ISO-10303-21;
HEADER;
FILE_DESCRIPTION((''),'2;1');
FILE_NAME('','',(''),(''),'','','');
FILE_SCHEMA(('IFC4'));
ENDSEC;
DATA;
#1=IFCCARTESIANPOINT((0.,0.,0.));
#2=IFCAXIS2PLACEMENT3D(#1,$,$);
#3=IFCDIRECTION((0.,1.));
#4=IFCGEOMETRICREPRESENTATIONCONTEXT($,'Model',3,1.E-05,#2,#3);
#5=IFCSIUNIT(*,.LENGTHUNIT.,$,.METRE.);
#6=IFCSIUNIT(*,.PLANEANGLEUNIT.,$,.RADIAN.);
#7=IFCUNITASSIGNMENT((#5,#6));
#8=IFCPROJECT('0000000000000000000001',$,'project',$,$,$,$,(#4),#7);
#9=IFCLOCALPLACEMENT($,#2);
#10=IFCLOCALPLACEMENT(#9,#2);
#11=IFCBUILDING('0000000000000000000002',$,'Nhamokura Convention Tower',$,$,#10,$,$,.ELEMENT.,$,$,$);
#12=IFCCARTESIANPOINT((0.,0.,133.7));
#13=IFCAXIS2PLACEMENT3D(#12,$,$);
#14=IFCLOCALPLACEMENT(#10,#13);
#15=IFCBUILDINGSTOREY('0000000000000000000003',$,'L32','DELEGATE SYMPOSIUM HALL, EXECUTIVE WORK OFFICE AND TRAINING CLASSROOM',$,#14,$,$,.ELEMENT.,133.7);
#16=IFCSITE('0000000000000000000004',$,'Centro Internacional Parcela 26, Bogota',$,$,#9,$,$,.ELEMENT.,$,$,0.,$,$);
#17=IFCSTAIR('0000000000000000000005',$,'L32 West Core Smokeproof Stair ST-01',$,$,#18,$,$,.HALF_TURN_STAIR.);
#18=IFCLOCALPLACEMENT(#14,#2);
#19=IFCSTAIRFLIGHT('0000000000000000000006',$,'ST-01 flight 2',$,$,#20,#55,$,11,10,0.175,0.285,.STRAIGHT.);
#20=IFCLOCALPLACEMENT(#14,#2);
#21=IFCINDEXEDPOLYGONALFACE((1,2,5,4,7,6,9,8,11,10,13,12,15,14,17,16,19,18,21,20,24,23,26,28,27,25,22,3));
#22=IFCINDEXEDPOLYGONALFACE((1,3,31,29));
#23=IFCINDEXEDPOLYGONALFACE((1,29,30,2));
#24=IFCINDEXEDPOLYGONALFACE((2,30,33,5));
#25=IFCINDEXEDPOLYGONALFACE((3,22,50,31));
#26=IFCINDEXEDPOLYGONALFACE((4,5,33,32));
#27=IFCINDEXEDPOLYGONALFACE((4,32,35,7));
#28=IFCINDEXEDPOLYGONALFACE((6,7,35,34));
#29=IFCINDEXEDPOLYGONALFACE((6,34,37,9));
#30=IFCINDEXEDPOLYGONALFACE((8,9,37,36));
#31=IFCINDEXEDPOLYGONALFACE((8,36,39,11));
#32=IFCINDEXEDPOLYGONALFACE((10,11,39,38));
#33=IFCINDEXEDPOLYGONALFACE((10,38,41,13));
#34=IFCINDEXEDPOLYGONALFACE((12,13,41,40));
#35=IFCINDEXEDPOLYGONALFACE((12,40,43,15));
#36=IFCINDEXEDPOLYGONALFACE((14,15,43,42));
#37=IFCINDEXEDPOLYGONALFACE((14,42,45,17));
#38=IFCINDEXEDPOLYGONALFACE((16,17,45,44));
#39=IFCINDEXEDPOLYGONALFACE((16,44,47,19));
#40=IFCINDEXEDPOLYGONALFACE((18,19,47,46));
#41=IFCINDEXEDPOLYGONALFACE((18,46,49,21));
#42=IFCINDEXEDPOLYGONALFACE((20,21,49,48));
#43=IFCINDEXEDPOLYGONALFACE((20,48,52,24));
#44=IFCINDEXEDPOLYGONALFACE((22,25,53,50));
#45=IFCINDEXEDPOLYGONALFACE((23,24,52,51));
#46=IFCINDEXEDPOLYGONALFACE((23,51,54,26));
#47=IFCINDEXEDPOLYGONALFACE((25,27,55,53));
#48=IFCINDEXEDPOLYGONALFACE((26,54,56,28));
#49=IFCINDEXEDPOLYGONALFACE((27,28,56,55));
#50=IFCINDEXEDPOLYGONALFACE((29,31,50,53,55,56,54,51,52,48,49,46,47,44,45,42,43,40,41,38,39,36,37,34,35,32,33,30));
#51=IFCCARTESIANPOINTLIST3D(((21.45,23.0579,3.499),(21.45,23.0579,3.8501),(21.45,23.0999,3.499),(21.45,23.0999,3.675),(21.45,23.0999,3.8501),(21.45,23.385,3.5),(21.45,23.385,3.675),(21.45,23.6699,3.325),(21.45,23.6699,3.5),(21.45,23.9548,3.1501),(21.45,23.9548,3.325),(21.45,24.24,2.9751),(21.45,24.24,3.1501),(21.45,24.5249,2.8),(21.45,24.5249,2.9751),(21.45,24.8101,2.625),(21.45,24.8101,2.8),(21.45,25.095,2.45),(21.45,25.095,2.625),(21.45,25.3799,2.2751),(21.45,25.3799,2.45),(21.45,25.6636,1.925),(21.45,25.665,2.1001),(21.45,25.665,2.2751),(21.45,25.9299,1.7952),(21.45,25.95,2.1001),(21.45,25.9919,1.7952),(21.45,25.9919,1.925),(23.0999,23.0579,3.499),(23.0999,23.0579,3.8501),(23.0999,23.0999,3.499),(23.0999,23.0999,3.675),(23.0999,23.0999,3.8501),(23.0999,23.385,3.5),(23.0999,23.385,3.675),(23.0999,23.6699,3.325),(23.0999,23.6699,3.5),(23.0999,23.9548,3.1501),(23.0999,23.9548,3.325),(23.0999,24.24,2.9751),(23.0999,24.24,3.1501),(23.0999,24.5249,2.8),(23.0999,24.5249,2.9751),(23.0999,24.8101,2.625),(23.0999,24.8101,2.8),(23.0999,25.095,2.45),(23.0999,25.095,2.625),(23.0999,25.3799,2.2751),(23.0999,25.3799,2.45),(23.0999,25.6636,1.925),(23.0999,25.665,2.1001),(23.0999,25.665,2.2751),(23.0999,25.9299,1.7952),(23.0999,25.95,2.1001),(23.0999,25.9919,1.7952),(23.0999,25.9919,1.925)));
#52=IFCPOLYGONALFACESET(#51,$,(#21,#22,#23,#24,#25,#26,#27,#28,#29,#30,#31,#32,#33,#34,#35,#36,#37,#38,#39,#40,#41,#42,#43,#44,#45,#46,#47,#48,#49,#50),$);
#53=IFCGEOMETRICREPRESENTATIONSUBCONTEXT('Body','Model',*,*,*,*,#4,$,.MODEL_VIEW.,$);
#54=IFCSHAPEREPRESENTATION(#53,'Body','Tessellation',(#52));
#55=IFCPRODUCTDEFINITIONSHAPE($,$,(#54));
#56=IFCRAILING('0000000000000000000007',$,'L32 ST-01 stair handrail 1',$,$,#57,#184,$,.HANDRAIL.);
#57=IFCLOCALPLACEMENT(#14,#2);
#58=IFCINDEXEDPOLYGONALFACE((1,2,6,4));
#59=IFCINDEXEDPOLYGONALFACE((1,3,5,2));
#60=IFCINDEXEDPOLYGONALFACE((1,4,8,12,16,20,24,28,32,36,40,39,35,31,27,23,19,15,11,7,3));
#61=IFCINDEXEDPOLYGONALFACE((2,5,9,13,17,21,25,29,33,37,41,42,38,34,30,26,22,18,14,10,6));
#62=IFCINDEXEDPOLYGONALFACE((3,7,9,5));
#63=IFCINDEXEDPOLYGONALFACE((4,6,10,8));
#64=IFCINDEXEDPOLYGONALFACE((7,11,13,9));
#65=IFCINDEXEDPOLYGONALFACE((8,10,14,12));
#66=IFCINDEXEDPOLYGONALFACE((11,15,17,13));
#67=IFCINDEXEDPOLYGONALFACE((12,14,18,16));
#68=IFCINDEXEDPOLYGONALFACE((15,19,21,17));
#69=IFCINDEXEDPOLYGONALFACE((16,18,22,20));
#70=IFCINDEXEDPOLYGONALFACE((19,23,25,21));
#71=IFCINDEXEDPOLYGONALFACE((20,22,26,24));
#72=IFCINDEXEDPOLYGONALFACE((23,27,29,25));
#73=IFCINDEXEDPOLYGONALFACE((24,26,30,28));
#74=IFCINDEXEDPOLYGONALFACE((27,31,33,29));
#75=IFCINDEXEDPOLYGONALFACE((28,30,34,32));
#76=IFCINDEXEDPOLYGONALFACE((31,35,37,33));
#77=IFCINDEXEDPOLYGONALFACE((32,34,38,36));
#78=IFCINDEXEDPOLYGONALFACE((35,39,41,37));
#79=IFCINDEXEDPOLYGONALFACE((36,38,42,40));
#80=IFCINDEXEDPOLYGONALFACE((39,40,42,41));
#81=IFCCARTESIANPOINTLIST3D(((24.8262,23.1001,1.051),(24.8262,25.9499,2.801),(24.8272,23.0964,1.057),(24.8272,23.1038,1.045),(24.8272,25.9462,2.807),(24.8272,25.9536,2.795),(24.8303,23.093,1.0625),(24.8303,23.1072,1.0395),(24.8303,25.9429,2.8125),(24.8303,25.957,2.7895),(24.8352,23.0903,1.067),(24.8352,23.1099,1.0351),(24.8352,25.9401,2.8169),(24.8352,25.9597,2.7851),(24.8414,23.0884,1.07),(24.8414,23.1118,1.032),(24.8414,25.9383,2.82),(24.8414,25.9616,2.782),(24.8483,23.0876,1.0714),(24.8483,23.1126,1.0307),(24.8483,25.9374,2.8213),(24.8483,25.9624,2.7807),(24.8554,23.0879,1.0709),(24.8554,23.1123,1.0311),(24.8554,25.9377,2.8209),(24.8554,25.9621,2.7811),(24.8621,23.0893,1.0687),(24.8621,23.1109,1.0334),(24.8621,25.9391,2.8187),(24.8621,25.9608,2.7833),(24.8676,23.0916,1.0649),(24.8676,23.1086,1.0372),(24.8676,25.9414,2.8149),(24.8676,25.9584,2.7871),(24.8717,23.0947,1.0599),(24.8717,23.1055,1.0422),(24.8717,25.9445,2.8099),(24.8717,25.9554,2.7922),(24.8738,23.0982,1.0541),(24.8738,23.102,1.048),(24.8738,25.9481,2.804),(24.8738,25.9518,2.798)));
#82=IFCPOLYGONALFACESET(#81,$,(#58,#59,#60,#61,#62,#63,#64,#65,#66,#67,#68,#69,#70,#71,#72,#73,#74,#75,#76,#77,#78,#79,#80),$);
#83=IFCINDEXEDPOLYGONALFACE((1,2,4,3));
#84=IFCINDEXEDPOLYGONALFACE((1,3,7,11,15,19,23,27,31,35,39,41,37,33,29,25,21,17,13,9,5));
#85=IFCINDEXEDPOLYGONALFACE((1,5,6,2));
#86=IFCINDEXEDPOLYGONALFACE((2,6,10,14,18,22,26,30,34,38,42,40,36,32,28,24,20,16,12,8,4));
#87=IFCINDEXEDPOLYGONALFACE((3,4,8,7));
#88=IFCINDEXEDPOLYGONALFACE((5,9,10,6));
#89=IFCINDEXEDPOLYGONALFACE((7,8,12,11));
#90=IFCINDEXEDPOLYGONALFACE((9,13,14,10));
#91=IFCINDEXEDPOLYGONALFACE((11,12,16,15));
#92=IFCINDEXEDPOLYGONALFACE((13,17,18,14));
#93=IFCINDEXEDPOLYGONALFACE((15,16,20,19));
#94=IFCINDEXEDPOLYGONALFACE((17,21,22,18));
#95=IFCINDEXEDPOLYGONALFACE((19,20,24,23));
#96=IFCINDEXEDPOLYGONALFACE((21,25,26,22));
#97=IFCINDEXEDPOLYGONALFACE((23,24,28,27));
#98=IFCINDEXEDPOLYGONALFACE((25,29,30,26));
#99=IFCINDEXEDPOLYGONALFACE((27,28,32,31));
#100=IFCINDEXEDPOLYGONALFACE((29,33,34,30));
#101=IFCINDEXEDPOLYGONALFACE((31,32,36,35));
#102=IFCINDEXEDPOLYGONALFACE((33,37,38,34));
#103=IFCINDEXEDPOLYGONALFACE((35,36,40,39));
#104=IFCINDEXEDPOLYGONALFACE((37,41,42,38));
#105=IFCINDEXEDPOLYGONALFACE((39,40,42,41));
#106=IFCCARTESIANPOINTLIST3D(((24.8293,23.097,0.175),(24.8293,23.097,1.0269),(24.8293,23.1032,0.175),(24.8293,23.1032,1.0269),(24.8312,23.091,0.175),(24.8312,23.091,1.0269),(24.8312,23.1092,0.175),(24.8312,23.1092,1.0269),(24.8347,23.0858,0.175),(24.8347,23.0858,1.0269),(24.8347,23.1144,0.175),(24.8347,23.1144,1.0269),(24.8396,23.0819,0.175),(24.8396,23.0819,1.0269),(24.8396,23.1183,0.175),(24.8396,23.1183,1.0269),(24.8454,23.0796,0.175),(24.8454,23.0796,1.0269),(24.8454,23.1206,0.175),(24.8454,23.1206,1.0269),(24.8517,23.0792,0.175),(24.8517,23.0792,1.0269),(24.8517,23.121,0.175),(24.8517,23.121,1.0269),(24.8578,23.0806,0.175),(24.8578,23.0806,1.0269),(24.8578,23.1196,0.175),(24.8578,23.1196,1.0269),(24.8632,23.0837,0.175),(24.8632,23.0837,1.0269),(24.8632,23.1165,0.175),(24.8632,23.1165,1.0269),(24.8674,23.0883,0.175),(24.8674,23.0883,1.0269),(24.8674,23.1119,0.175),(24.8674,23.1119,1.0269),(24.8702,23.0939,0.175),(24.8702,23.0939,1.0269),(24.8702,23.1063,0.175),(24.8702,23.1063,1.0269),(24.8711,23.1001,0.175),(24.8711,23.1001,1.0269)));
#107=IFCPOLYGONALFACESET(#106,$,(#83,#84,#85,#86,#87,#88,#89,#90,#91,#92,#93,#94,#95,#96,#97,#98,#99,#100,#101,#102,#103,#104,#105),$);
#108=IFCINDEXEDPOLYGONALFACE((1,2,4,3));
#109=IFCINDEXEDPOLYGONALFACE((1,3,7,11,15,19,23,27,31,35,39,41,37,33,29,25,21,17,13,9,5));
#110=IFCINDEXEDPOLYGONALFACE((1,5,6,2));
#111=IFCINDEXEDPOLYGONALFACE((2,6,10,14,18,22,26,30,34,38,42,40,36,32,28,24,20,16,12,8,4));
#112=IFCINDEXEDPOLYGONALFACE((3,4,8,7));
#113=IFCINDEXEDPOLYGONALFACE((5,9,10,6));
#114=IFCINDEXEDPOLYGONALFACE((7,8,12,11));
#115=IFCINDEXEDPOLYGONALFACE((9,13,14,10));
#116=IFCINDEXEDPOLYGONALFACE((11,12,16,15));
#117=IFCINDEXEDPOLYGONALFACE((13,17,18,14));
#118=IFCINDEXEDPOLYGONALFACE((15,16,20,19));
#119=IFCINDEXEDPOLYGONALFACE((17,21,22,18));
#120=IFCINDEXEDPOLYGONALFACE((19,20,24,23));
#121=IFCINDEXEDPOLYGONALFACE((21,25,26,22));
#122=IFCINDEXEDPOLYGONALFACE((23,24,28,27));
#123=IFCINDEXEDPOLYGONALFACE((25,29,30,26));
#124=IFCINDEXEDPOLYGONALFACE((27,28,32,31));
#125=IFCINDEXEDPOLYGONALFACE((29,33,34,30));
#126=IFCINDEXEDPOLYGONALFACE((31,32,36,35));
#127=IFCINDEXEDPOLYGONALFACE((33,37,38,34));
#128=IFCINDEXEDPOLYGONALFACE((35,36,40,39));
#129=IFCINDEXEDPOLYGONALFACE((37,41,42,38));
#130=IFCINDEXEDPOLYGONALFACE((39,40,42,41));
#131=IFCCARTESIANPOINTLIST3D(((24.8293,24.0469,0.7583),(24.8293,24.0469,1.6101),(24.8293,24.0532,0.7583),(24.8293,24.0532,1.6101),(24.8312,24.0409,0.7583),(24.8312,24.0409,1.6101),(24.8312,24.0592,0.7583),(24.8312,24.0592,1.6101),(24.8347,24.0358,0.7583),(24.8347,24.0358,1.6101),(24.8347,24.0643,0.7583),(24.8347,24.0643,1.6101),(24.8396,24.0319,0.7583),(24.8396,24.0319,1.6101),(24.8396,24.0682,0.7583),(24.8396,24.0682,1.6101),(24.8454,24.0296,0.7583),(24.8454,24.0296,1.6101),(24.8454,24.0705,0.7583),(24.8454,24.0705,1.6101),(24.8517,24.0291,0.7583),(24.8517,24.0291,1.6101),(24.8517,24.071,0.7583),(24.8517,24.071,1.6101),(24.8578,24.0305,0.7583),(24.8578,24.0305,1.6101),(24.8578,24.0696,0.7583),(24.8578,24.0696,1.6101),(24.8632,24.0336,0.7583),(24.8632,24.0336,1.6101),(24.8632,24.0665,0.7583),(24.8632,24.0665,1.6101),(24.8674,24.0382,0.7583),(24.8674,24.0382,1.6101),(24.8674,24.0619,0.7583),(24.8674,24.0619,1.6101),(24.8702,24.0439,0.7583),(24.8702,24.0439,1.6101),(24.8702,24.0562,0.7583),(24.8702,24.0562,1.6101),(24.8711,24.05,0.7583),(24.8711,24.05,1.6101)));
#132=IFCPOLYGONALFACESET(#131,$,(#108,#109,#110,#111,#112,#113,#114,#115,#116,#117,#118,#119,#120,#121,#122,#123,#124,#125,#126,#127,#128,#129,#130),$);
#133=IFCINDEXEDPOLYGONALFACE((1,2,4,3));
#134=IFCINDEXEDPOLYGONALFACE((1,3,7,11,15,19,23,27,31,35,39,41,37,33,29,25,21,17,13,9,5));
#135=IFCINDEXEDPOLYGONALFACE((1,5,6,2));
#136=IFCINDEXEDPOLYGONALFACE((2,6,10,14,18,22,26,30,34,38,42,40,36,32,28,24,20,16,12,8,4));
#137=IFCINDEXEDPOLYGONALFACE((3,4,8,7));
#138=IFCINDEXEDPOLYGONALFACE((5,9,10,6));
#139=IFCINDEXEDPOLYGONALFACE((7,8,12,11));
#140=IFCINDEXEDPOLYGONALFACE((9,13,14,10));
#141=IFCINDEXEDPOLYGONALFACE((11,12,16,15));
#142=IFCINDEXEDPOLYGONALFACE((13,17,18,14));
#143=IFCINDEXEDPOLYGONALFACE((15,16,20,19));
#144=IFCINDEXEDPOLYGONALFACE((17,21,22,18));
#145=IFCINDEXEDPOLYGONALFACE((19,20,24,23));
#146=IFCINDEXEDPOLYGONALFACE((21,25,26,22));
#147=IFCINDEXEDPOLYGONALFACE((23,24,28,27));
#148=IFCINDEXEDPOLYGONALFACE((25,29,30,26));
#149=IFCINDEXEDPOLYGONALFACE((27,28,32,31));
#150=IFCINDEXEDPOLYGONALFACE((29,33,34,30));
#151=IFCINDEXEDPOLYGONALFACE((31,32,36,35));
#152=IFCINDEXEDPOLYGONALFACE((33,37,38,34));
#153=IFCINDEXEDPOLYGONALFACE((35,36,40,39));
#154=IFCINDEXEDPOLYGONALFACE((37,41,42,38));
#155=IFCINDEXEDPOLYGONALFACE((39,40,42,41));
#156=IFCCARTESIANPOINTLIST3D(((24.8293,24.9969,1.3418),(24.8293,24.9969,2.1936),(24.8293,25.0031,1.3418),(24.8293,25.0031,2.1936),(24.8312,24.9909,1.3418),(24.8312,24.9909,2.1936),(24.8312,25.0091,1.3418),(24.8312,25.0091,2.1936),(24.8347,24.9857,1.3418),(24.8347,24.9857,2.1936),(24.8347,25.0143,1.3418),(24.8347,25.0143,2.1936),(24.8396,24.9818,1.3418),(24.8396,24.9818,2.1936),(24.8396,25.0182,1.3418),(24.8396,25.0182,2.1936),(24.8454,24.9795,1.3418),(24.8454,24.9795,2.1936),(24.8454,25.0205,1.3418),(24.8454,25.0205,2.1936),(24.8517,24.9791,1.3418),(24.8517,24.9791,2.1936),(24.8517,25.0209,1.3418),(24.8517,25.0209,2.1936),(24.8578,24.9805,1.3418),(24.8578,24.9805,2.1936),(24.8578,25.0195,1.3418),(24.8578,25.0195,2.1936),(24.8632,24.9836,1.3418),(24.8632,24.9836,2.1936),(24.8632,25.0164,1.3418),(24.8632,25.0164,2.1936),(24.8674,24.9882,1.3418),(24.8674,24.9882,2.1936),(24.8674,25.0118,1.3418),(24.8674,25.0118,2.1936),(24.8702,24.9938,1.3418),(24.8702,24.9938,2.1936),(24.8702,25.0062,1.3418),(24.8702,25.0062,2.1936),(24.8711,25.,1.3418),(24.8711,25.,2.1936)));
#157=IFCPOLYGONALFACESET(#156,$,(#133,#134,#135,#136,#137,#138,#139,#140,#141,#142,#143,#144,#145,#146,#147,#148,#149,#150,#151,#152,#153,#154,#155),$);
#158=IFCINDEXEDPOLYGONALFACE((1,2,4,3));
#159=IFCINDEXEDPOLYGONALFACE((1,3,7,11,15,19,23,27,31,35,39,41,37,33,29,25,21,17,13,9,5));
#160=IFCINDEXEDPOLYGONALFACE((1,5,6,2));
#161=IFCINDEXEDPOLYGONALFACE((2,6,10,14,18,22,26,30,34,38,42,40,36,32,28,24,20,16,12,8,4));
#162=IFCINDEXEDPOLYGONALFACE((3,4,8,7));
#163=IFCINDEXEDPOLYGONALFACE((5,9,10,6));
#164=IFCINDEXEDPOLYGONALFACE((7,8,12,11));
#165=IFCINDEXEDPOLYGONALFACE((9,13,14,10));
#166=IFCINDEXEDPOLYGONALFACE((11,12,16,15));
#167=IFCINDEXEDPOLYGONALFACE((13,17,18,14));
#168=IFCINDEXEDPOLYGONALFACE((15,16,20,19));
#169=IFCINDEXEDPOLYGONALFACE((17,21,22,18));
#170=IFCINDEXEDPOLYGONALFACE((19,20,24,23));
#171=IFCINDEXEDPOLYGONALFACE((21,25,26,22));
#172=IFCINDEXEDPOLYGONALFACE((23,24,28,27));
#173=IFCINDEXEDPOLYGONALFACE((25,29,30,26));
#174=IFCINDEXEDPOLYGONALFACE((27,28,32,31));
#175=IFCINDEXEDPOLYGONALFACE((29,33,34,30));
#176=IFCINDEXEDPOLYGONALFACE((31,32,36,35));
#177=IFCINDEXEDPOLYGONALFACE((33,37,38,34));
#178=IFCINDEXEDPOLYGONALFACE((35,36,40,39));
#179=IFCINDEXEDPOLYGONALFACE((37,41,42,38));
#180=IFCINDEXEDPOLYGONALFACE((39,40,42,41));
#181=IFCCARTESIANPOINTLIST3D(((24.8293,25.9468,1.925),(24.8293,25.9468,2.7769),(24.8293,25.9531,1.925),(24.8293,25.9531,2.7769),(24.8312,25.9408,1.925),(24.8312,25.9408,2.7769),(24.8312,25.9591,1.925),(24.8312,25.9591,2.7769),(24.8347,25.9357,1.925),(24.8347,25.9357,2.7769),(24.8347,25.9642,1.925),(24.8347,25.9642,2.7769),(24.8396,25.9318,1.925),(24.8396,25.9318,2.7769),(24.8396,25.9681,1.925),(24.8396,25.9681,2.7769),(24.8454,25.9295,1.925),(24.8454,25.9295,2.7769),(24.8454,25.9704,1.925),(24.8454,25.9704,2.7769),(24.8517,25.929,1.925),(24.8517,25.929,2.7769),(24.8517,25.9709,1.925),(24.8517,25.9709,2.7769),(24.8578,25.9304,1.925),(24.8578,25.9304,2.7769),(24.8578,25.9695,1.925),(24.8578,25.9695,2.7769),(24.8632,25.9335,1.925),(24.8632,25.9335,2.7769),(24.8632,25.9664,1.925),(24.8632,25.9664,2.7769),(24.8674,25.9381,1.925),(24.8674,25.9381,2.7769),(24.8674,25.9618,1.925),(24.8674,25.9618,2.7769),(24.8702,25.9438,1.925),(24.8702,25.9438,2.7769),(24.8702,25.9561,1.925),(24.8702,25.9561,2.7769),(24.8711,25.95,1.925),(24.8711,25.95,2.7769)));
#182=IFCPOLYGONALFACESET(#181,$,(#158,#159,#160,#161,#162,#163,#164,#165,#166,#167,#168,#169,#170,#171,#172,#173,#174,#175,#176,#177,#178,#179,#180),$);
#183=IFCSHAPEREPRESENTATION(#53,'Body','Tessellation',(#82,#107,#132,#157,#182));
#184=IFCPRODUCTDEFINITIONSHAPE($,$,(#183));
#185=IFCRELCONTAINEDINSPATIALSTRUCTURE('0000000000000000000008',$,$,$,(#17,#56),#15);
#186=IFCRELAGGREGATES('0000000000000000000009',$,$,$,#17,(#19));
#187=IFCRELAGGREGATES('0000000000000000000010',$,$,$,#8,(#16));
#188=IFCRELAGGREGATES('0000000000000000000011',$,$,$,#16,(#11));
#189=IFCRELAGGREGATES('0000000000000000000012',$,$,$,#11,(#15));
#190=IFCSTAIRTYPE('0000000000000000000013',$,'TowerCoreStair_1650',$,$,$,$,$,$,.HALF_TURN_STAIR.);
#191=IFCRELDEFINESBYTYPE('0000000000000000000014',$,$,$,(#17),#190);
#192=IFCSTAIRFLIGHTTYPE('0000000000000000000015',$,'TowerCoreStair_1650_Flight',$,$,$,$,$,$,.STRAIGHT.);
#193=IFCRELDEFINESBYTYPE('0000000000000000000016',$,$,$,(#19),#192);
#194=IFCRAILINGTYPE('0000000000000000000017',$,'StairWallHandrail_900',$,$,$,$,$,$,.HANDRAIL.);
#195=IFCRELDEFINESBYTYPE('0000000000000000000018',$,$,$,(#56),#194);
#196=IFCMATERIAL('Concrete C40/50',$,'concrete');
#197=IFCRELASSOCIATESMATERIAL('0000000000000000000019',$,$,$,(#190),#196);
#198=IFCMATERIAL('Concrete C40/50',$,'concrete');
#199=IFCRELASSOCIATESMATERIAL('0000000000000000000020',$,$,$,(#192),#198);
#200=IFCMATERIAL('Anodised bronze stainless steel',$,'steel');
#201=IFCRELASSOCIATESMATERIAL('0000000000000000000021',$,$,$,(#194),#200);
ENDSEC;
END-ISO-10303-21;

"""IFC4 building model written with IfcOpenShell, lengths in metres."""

from ifc_helpers import new_model, si_unit, direction, frame, origin, origin_2d, place, context, subcontext, project, spatial, polyline, circle, outline, extrude, material, type_object, element, aggregate, save


model = new_model("IFC4")

# Units and contexts
model_context = context("Model", 3, precision=1e-05, world=origin(), true_north=direction((0.0, 1.0)))
body_context = subcontext(model_context, "Body", "Model", "MODEL_VIEW")
ifc_project = project(units=[si_unit("LENGTHUNIT", "METRE"), si_unit("PLANEANGLEUNIT", "RADIAN")], contexts=[model_context])

# Site, building, storey
site_placement = place(None, origin())
site = spatial("IfcSite", under=ifc_project, at=site_placement, Name="Centro Internacional Parcela 26, Bogota", CompositionType="ELEMENT", RefElevation=0.0)
building_placement = place(site_placement, origin())
building = spatial("IfcBuilding", under=site, at=building_placement, Name="Nhamokura Convention Tower", CompositionType="ELEMENT")
storey_placement = place(building_placement, frame((0.0, 0.0, 133.7)))
storey = spatial("IfcBuildingStorey", under=building, at=storey_placement, Name="L32", Description="DELEGATE SYMPOSIUM HALL, EXECUTIVE WORK OFFICE AND TRAINING CLASSROOM", CompositionType="ELEMENT", Elevation=133.7)

# Stair, stair flight
ifc_material_1 = material(Name="Concrete C40/50", Category="concrete")
stair_type = type_object("IfcStairType", Name="TowerCoreStair_1650", PredefinedType="HALF_TURN_STAIR", material=ifc_material_1)
stair_placement = place(storey_placement, origin())
stair = element("IfcStair", 1, at=stair_placement, inside=storey, type_object=stair_type, Name="L32 West Core Smokeproof Stair ST-01", PredefinedType="HALF_TURN_STAIR")
ifc_material_2 = material(Name="Concrete C40/50", Category="concrete")
stair_flight_type = type_object("IfcStairFlightType", Name="TowerCoreStair_1650_Flight", PredefinedType="STRAIGHT", material=ifc_material_2)
stair_flight_1_placement = place(storey_placement, frame((22.2749, 25.95, 1.925), z_axis=(0.0, 0.0, 1.0), x_axis=(0.0, -1.0, 0.0)))
stair_flight_1 = element("IfcStairFlight", 2, at=stair_flight_1_placement, type_object=stair_flight_type, Name="ST-01 flight 2", NumberOfRisers=11, NumberOfTreads=10, PredefinedType="STRAIGHT", RiserHeight=0.175, TreadLength=0.285, context=body_context, shape_type="SweptSolid", body=[
    extrude(outline(polyline([(-0.042, 0.0), (0.0, 0.175), (0.2849, 0.175), (0.2849, 0.3501), (0.5701, 0.3501), (0.5701, 0.5249), (0.855, 0.5249), (0.855, 0.7), (1.1399, 0.7), (1.1399, 0.875), (1.425, 0.875), (1.425, 1.05), (1.71, 1.05), (1.71, 1.2251), (1.9951, 1.2251), (1.9951, 1.3999), (2.28, 1.3999), (2.28, 1.575), (2.5649, 1.575), (2.5649, 1.75), (2.8501, 1.75), (2.8501, 1.925), (2.8921, 1.925), (2.8921, 1.574), (2.8501, 1.574), (0.2864, 0.0), (0.02, -0.1299), (-0.042, -0.1299), (-0.042, 0.0)])), frame((0.0, 0.825, 0.0), z_axis=(0.0, -1.0, 0.0), x_axis=(1.0, 0.0, 0.0)), (0.0, 0.0, 1.0), 1.6499),
])
aggregate(stair, [stair_flight_1])

# Railing
ifc_material_3 = material(Name="Anodised bronze stainless steel", Category="steel")
railing_type_1 = type_object("IfcRailingType", Name="StairWallHandrail_900", PredefinedType="HANDRAIL", material=ifc_material_3)
railing_1_placement = place(storey_placement, frame((24.8501, 23.1001, 0.175)))
element("IfcRailing", 3, at=railing_1_placement, inside=storey, type_object=railing_type_1, Name="L32 ST-01 stair handrail 1", PredefinedType="HANDRAIL", context=body_context, shape_type="SweptSolid", body=[
    extrude(circle(Radius=0.0239, at=origin_2d()), frame((0.0, 0.0, 0.876), z_axis=(0.0, 0.852159, 0.523283), x_axis=(-1.0, 0.0, 0.0)), (0.0, 0.0, 1.0), 3.3442),
    extrude(circle(Radius=0.021, at=origin_2d()), origin(), (0.0, 0.0, 1.0), 0.8518),
    extrude(circle(Radius=0.021, at=origin_2d()), frame((0.0, 0.95, 0.5833)), (0.0, 0.0, 1.0), 0.8518),
    extrude(circle(Radius=0.021, at=origin_2d()), frame((0.0, 1.8999, 1.1667)), (0.0, 0.0, 1.0), 0.8518),
    extrude(circle(Radius=0.021, at=origin_2d()), frame((0.0, 2.8499, 1.75)), (0.0, 0.0, 1.0), 0.8518),
])

save(model, "model.ifc")
